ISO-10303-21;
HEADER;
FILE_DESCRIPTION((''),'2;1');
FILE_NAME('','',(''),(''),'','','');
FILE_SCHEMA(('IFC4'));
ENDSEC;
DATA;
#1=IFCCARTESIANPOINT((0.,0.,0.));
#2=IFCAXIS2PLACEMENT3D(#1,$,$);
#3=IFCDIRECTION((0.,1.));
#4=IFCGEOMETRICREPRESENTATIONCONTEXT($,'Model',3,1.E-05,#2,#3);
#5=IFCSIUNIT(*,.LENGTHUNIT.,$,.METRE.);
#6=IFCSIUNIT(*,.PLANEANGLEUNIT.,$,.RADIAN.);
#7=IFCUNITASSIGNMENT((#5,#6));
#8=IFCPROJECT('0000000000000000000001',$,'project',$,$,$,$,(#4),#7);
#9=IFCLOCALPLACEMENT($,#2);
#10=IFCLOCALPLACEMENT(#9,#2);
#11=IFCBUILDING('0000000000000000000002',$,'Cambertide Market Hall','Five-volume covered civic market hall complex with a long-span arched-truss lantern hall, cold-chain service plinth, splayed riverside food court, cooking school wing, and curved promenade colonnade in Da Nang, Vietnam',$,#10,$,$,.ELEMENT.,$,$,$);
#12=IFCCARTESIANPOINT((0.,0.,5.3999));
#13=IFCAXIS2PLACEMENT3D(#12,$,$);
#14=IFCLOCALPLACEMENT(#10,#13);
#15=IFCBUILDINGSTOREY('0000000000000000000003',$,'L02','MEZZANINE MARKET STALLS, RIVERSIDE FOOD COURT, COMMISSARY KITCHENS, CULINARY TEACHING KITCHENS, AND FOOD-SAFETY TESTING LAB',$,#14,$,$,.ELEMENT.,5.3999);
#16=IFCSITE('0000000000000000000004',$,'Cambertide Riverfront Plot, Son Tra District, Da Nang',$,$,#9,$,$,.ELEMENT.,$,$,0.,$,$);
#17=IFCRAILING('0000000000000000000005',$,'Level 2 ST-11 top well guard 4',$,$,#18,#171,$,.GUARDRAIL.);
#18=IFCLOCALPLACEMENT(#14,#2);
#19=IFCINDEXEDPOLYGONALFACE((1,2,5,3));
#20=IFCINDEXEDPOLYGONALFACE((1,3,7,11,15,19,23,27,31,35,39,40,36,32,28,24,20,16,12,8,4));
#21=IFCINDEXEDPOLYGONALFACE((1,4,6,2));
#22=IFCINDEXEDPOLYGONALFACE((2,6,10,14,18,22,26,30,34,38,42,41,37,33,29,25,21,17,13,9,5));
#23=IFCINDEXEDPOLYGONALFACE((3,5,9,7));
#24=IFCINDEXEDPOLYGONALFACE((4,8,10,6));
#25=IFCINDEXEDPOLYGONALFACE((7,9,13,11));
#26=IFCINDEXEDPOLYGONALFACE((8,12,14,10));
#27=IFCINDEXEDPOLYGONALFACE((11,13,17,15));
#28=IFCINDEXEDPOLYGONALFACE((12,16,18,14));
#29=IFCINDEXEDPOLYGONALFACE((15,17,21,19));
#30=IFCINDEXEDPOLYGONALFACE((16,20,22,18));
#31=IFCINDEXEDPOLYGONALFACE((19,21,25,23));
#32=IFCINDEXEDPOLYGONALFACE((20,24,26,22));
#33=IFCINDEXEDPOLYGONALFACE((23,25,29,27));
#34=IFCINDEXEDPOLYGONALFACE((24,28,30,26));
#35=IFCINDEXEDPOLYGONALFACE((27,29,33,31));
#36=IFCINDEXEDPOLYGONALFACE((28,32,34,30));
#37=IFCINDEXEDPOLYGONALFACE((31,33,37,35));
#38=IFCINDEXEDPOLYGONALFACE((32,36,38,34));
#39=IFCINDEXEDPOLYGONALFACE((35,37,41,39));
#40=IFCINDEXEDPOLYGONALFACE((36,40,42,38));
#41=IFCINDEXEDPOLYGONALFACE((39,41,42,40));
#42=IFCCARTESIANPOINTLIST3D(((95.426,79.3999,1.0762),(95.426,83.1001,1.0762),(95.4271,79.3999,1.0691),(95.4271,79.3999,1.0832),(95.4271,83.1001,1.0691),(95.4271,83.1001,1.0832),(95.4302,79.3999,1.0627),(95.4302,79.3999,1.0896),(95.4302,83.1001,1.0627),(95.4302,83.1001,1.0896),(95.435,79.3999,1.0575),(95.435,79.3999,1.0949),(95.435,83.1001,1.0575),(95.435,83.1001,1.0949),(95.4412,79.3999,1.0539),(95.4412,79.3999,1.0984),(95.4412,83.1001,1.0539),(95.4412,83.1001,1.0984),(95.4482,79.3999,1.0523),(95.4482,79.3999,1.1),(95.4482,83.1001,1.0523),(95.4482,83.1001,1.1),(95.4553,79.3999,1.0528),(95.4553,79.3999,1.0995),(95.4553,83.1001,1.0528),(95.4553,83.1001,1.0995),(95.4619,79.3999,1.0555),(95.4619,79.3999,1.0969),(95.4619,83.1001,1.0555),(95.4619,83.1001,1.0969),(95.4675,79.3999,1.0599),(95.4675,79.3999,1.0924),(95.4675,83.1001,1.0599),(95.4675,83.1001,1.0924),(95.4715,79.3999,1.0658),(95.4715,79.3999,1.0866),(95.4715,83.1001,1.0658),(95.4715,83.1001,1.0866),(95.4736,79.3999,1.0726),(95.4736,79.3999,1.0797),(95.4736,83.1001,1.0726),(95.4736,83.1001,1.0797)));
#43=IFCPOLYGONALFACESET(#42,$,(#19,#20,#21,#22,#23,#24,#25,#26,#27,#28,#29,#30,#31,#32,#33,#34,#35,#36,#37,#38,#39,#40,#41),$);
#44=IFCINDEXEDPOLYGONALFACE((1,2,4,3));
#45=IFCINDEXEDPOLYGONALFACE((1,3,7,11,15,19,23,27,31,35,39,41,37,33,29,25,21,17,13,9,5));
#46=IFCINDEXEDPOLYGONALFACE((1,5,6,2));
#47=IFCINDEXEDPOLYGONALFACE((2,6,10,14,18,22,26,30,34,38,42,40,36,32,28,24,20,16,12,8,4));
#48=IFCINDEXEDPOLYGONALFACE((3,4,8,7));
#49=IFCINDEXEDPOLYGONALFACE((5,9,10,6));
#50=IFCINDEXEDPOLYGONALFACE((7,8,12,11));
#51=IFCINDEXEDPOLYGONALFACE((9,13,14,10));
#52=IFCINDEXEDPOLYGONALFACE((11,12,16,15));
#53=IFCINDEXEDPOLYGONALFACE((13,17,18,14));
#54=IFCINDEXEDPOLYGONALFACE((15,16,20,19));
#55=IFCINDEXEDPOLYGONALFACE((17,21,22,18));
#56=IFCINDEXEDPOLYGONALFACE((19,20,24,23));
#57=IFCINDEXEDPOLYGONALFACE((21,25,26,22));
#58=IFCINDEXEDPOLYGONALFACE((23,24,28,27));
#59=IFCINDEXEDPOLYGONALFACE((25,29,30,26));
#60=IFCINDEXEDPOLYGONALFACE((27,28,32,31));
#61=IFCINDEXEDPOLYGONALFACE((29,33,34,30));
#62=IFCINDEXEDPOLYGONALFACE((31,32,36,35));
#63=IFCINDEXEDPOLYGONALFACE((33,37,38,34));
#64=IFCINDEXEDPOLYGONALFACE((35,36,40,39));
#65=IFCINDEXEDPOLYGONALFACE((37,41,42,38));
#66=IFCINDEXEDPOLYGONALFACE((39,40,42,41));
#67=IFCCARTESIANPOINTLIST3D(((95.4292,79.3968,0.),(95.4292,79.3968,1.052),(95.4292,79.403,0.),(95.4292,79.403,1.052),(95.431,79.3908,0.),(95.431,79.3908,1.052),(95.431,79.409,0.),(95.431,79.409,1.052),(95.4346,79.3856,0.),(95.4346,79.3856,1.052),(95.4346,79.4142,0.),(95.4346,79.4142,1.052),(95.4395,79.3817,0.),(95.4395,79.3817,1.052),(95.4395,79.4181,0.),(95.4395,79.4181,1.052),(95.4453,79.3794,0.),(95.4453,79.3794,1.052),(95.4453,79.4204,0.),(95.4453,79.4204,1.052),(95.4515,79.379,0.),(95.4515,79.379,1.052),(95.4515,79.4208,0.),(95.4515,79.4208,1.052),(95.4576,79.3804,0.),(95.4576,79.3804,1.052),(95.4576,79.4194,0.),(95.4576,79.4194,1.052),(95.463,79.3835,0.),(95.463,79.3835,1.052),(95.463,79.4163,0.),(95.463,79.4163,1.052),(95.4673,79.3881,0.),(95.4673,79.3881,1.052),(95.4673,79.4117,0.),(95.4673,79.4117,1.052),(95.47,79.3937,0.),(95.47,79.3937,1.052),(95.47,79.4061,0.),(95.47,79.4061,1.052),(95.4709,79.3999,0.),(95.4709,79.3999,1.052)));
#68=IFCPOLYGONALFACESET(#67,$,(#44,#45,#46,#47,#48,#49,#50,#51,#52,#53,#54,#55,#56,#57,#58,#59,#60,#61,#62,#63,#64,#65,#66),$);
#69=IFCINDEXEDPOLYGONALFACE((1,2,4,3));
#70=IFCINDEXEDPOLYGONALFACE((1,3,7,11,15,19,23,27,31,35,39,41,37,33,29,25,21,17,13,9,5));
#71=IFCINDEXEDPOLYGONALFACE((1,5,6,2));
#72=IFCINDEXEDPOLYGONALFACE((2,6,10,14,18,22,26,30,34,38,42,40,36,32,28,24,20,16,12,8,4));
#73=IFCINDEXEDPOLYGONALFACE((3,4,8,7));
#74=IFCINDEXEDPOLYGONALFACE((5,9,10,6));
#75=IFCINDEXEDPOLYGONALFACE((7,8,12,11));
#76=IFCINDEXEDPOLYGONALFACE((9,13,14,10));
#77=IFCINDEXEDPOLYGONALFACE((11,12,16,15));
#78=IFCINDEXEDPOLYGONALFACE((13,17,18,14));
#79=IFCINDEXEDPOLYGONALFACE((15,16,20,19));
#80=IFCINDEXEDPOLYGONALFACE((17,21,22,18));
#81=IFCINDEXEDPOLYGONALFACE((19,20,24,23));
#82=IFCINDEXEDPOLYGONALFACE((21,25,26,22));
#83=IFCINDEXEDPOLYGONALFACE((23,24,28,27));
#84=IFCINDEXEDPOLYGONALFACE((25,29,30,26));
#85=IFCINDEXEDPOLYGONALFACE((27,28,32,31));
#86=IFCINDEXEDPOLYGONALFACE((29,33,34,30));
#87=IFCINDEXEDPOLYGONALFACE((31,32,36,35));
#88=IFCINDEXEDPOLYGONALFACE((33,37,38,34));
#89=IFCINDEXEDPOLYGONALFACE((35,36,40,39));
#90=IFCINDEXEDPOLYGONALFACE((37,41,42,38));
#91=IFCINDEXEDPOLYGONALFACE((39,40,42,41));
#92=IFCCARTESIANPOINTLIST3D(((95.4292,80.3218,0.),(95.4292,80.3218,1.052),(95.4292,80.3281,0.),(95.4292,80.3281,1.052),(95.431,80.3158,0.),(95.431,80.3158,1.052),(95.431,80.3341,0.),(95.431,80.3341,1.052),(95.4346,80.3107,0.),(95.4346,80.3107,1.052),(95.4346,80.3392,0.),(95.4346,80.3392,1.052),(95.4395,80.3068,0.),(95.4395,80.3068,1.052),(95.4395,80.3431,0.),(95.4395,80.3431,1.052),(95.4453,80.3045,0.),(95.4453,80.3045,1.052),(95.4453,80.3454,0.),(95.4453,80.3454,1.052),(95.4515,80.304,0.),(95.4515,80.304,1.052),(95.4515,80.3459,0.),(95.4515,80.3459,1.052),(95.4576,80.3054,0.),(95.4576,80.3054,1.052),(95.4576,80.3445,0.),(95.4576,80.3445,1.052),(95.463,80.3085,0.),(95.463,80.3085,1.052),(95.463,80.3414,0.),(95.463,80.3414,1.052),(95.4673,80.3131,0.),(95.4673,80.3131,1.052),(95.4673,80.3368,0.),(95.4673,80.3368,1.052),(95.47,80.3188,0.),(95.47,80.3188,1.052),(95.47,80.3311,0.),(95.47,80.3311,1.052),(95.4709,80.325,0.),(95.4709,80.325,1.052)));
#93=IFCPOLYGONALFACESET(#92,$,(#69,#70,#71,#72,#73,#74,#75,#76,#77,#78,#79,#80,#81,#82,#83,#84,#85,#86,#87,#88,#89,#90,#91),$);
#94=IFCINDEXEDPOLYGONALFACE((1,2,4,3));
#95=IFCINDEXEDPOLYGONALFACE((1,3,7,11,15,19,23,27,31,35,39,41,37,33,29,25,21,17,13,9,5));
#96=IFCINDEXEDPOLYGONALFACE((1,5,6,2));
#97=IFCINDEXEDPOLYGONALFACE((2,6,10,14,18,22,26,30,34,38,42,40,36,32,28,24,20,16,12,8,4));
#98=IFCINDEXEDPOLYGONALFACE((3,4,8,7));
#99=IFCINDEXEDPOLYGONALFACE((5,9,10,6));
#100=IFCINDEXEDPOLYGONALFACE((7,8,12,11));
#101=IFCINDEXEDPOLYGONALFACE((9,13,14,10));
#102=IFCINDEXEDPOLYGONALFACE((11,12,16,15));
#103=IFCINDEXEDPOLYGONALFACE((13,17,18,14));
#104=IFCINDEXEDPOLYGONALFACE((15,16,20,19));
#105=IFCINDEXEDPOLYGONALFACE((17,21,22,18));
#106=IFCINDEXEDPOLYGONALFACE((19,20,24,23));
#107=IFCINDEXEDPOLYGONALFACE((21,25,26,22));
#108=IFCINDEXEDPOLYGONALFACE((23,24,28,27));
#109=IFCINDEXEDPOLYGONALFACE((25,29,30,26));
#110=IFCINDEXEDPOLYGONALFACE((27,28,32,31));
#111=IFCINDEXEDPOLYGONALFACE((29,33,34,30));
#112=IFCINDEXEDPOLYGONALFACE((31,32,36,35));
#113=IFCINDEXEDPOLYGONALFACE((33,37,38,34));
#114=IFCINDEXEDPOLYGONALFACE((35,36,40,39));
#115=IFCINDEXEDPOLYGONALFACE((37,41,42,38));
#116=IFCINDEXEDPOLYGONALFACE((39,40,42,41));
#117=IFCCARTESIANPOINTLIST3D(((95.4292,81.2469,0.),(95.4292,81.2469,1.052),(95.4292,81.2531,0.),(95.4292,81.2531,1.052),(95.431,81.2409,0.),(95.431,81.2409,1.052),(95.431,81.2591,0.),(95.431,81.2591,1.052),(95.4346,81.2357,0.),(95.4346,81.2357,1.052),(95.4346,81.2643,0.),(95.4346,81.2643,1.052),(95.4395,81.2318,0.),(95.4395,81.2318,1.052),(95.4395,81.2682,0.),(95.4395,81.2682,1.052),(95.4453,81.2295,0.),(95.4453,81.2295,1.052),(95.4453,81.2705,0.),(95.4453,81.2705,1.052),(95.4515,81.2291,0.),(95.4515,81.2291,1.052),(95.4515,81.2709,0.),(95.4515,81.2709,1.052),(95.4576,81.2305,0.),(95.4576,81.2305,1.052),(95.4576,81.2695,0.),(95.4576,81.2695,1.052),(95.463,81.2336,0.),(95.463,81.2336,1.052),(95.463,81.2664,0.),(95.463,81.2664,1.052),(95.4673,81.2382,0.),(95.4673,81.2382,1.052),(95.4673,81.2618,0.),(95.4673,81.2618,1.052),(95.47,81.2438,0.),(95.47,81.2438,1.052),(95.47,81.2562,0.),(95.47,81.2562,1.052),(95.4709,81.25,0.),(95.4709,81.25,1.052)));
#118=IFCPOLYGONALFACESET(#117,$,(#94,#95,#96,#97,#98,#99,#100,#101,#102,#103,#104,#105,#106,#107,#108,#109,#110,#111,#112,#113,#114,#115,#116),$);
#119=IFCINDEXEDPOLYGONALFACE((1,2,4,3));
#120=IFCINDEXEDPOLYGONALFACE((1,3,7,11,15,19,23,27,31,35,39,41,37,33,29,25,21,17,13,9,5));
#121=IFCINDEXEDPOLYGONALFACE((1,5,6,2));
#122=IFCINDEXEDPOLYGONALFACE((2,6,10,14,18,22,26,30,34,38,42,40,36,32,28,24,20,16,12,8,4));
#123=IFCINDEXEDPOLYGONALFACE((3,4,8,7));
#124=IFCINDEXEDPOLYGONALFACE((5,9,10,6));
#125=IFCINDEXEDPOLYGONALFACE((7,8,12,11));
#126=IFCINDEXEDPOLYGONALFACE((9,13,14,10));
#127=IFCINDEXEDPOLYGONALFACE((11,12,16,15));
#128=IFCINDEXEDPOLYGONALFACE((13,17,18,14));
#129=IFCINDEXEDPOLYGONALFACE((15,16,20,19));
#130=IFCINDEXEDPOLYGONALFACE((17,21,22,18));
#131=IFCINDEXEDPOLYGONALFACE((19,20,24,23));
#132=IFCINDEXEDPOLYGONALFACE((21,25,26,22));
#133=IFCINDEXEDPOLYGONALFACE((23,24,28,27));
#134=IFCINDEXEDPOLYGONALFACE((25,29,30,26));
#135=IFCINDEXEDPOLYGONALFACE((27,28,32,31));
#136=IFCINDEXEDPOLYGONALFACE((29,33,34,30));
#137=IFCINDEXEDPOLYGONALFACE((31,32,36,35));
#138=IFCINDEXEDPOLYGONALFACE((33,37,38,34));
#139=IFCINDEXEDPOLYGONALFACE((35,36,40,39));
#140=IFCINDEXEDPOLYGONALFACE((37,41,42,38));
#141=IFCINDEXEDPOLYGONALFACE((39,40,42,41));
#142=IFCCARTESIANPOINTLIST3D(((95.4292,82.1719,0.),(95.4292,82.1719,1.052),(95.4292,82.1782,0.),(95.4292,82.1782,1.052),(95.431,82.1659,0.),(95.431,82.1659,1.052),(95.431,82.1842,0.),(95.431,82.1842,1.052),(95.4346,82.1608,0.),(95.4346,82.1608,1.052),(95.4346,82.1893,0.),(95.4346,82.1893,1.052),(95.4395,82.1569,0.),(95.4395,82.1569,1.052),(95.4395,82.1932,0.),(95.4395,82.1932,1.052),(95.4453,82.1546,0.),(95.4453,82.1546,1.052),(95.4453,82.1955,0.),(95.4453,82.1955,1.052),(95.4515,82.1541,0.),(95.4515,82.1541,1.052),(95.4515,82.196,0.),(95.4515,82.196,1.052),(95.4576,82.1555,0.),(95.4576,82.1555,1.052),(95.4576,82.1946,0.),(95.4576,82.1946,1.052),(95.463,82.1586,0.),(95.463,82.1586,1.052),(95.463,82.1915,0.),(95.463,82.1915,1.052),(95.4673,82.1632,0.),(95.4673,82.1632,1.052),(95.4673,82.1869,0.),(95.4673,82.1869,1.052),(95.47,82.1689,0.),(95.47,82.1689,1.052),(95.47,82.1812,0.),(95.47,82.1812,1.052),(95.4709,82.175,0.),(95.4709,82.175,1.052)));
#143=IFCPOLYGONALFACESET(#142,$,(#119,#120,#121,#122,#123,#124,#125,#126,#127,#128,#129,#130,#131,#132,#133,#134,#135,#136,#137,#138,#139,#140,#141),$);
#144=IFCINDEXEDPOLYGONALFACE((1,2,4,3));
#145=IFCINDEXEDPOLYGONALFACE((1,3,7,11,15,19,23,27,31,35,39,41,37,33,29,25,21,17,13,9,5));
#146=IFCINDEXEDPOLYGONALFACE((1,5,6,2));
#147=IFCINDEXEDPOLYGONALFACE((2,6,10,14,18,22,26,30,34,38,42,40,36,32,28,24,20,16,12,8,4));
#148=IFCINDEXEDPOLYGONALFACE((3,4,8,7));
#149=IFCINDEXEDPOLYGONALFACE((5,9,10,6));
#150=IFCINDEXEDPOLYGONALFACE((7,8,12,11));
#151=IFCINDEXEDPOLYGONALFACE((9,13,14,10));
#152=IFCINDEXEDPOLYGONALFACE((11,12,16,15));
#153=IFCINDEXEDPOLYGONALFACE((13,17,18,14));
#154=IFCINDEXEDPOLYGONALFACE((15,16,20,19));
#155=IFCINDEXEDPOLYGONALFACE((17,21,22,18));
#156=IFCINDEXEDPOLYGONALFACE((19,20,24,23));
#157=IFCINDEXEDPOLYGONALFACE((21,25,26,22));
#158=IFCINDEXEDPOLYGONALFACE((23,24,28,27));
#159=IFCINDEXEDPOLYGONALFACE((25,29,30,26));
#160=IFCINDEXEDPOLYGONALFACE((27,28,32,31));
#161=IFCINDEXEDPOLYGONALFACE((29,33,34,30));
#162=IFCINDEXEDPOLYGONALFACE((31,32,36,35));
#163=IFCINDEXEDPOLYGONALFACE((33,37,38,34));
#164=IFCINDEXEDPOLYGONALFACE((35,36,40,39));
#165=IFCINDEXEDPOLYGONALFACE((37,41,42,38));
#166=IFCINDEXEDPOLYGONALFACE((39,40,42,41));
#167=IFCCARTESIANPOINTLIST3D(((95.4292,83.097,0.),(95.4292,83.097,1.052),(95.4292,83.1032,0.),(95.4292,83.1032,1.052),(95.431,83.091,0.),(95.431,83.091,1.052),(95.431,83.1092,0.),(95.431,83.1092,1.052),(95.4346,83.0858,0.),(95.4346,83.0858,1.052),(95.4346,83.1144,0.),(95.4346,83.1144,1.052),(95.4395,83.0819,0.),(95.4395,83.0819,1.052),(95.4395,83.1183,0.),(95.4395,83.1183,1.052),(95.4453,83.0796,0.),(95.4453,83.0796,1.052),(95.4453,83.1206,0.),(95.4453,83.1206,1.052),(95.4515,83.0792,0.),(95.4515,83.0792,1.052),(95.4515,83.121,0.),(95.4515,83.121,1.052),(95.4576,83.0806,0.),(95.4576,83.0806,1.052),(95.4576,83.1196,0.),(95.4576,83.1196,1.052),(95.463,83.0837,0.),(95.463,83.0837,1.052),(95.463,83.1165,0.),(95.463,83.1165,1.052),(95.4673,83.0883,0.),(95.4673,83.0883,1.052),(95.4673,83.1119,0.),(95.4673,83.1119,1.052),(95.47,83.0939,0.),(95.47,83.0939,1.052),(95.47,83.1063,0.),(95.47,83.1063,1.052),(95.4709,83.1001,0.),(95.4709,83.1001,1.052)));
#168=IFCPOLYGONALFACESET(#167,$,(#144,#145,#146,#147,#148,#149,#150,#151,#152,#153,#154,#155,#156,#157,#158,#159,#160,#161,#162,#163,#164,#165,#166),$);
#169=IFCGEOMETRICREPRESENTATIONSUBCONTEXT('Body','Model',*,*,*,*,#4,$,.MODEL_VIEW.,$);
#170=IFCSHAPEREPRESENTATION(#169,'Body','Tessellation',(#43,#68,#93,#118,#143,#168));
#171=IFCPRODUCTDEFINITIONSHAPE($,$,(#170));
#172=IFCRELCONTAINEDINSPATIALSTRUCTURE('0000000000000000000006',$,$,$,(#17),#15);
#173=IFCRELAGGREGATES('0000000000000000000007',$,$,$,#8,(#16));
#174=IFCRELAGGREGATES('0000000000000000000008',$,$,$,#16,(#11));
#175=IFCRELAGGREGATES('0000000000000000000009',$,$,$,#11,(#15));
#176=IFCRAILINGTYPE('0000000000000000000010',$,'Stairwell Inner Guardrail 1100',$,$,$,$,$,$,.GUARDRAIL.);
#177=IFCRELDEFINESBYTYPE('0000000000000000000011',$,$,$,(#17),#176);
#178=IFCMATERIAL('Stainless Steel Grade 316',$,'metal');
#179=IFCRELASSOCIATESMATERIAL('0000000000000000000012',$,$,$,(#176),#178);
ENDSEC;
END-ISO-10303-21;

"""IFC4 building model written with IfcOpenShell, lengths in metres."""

from ifc_helpers import new_model, si_unit, direction, frame, origin, origin_2d, place, context, subcontext, project, spatial, circle, extrude, material, type_object, element, save


model = new_model("IFC4")

# Units and contexts
model_context = context("Model", 3, precision=1e-05, world=origin(), true_north=direction((0.0, 1.0)))
body_context = subcontext(model_context, "Body", "Model", "MODEL_VIEW")
ifc_project = project(units=[si_unit("LENGTHUNIT", "METRE"), si_unit("PLANEANGLEUNIT", "RADIAN")], contexts=[model_context])

# Site, building, storey
site_placement = place(None, origin())
site = spatial("IfcSite", under=ifc_project, at=site_placement, Name="Cambertide Riverfront Plot, Son Tra District, Da Nang", CompositionType="ELEMENT", RefElevation=0.0)
building_placement = place(site_placement, origin())
building = spatial("IfcBuilding", under=site, at=building_placement, Name="Cambertide Market Hall", Description="Five-volume covered civic market hall complex with a long-span arched-truss lantern hall, cold-chain service plinth, splayed riverside food court, cooking school wing, and curved promenade colonnade in Da Nang, Vietnam", CompositionType="ELEMENT")
storey_placement = place(building_placement, frame((0.0, 0.0, 5.3999)))
storey = spatial("IfcBuildingStorey", under=building, at=storey_placement, Name="L02", Description="MEZZANINE MARKET STALLS, RIVERSIDE FOOD COURT, COMMISSARY KITCHENS, CULINARY TEACHING KITCHENS, AND FOOD-SAFETY TESTING LAB", CompositionType="ELEMENT", Elevation=5.3999)

# Railing
ifc_material_1 = material(Name="Stainless Steel Grade 316", Category="metal")
railing_type = type_object("IfcRailingType", Name="Stairwell Inner Guardrail 1100", PredefinedType="GUARDRAIL", material=ifc_material_1)
railing_1_placement = place(storey_placement, frame((95.45, 79.3999, 0.0)))
element("IfcRailing", 1, at=railing_1_placement, inside=storey, type_object=railing_type, Name="Level 2 ST-11 top well guard 4", PredefinedType="GUARDRAIL", context=body_context, shape_type="SweptSolid", body=[
    extrude(circle(Radius=0.0239, at=origin_2d()), frame((0.0, 0.0, 1.0762), z_axis=(0.0, 1.0, 0.0), x_axis=(-1.0, 0.0, 0.0)), (0.0, 0.0, 1.0), 3.7002),
    extrude(circle(Radius=0.021, at=origin_2d()), origin(), (0.0, 0.0, 1.0), 1.052),
    extrude(circle(Radius=0.021, at=origin_2d()), frame((0.0, 0.925, 0.0)), (0.0, 0.0, 1.0), 1.052),
    extrude(circle(Radius=0.021, at=origin_2d()), frame((0.0, 1.8501, 0.0)), (0.0, 0.0, 1.0), 1.052),
    extrude(circle(Radius=0.021, at=origin_2d()), frame((0.0, 2.7751, 0.0)), (0.0, 0.0, 1.0), 1.052),
    extrude(circle(Radius=0.021, at=origin_2d()), frame((0.0, 3.7002, 0.0)), (0.0, 0.0, 1.0), 1.052),
])

save(model, "model.ifc")
